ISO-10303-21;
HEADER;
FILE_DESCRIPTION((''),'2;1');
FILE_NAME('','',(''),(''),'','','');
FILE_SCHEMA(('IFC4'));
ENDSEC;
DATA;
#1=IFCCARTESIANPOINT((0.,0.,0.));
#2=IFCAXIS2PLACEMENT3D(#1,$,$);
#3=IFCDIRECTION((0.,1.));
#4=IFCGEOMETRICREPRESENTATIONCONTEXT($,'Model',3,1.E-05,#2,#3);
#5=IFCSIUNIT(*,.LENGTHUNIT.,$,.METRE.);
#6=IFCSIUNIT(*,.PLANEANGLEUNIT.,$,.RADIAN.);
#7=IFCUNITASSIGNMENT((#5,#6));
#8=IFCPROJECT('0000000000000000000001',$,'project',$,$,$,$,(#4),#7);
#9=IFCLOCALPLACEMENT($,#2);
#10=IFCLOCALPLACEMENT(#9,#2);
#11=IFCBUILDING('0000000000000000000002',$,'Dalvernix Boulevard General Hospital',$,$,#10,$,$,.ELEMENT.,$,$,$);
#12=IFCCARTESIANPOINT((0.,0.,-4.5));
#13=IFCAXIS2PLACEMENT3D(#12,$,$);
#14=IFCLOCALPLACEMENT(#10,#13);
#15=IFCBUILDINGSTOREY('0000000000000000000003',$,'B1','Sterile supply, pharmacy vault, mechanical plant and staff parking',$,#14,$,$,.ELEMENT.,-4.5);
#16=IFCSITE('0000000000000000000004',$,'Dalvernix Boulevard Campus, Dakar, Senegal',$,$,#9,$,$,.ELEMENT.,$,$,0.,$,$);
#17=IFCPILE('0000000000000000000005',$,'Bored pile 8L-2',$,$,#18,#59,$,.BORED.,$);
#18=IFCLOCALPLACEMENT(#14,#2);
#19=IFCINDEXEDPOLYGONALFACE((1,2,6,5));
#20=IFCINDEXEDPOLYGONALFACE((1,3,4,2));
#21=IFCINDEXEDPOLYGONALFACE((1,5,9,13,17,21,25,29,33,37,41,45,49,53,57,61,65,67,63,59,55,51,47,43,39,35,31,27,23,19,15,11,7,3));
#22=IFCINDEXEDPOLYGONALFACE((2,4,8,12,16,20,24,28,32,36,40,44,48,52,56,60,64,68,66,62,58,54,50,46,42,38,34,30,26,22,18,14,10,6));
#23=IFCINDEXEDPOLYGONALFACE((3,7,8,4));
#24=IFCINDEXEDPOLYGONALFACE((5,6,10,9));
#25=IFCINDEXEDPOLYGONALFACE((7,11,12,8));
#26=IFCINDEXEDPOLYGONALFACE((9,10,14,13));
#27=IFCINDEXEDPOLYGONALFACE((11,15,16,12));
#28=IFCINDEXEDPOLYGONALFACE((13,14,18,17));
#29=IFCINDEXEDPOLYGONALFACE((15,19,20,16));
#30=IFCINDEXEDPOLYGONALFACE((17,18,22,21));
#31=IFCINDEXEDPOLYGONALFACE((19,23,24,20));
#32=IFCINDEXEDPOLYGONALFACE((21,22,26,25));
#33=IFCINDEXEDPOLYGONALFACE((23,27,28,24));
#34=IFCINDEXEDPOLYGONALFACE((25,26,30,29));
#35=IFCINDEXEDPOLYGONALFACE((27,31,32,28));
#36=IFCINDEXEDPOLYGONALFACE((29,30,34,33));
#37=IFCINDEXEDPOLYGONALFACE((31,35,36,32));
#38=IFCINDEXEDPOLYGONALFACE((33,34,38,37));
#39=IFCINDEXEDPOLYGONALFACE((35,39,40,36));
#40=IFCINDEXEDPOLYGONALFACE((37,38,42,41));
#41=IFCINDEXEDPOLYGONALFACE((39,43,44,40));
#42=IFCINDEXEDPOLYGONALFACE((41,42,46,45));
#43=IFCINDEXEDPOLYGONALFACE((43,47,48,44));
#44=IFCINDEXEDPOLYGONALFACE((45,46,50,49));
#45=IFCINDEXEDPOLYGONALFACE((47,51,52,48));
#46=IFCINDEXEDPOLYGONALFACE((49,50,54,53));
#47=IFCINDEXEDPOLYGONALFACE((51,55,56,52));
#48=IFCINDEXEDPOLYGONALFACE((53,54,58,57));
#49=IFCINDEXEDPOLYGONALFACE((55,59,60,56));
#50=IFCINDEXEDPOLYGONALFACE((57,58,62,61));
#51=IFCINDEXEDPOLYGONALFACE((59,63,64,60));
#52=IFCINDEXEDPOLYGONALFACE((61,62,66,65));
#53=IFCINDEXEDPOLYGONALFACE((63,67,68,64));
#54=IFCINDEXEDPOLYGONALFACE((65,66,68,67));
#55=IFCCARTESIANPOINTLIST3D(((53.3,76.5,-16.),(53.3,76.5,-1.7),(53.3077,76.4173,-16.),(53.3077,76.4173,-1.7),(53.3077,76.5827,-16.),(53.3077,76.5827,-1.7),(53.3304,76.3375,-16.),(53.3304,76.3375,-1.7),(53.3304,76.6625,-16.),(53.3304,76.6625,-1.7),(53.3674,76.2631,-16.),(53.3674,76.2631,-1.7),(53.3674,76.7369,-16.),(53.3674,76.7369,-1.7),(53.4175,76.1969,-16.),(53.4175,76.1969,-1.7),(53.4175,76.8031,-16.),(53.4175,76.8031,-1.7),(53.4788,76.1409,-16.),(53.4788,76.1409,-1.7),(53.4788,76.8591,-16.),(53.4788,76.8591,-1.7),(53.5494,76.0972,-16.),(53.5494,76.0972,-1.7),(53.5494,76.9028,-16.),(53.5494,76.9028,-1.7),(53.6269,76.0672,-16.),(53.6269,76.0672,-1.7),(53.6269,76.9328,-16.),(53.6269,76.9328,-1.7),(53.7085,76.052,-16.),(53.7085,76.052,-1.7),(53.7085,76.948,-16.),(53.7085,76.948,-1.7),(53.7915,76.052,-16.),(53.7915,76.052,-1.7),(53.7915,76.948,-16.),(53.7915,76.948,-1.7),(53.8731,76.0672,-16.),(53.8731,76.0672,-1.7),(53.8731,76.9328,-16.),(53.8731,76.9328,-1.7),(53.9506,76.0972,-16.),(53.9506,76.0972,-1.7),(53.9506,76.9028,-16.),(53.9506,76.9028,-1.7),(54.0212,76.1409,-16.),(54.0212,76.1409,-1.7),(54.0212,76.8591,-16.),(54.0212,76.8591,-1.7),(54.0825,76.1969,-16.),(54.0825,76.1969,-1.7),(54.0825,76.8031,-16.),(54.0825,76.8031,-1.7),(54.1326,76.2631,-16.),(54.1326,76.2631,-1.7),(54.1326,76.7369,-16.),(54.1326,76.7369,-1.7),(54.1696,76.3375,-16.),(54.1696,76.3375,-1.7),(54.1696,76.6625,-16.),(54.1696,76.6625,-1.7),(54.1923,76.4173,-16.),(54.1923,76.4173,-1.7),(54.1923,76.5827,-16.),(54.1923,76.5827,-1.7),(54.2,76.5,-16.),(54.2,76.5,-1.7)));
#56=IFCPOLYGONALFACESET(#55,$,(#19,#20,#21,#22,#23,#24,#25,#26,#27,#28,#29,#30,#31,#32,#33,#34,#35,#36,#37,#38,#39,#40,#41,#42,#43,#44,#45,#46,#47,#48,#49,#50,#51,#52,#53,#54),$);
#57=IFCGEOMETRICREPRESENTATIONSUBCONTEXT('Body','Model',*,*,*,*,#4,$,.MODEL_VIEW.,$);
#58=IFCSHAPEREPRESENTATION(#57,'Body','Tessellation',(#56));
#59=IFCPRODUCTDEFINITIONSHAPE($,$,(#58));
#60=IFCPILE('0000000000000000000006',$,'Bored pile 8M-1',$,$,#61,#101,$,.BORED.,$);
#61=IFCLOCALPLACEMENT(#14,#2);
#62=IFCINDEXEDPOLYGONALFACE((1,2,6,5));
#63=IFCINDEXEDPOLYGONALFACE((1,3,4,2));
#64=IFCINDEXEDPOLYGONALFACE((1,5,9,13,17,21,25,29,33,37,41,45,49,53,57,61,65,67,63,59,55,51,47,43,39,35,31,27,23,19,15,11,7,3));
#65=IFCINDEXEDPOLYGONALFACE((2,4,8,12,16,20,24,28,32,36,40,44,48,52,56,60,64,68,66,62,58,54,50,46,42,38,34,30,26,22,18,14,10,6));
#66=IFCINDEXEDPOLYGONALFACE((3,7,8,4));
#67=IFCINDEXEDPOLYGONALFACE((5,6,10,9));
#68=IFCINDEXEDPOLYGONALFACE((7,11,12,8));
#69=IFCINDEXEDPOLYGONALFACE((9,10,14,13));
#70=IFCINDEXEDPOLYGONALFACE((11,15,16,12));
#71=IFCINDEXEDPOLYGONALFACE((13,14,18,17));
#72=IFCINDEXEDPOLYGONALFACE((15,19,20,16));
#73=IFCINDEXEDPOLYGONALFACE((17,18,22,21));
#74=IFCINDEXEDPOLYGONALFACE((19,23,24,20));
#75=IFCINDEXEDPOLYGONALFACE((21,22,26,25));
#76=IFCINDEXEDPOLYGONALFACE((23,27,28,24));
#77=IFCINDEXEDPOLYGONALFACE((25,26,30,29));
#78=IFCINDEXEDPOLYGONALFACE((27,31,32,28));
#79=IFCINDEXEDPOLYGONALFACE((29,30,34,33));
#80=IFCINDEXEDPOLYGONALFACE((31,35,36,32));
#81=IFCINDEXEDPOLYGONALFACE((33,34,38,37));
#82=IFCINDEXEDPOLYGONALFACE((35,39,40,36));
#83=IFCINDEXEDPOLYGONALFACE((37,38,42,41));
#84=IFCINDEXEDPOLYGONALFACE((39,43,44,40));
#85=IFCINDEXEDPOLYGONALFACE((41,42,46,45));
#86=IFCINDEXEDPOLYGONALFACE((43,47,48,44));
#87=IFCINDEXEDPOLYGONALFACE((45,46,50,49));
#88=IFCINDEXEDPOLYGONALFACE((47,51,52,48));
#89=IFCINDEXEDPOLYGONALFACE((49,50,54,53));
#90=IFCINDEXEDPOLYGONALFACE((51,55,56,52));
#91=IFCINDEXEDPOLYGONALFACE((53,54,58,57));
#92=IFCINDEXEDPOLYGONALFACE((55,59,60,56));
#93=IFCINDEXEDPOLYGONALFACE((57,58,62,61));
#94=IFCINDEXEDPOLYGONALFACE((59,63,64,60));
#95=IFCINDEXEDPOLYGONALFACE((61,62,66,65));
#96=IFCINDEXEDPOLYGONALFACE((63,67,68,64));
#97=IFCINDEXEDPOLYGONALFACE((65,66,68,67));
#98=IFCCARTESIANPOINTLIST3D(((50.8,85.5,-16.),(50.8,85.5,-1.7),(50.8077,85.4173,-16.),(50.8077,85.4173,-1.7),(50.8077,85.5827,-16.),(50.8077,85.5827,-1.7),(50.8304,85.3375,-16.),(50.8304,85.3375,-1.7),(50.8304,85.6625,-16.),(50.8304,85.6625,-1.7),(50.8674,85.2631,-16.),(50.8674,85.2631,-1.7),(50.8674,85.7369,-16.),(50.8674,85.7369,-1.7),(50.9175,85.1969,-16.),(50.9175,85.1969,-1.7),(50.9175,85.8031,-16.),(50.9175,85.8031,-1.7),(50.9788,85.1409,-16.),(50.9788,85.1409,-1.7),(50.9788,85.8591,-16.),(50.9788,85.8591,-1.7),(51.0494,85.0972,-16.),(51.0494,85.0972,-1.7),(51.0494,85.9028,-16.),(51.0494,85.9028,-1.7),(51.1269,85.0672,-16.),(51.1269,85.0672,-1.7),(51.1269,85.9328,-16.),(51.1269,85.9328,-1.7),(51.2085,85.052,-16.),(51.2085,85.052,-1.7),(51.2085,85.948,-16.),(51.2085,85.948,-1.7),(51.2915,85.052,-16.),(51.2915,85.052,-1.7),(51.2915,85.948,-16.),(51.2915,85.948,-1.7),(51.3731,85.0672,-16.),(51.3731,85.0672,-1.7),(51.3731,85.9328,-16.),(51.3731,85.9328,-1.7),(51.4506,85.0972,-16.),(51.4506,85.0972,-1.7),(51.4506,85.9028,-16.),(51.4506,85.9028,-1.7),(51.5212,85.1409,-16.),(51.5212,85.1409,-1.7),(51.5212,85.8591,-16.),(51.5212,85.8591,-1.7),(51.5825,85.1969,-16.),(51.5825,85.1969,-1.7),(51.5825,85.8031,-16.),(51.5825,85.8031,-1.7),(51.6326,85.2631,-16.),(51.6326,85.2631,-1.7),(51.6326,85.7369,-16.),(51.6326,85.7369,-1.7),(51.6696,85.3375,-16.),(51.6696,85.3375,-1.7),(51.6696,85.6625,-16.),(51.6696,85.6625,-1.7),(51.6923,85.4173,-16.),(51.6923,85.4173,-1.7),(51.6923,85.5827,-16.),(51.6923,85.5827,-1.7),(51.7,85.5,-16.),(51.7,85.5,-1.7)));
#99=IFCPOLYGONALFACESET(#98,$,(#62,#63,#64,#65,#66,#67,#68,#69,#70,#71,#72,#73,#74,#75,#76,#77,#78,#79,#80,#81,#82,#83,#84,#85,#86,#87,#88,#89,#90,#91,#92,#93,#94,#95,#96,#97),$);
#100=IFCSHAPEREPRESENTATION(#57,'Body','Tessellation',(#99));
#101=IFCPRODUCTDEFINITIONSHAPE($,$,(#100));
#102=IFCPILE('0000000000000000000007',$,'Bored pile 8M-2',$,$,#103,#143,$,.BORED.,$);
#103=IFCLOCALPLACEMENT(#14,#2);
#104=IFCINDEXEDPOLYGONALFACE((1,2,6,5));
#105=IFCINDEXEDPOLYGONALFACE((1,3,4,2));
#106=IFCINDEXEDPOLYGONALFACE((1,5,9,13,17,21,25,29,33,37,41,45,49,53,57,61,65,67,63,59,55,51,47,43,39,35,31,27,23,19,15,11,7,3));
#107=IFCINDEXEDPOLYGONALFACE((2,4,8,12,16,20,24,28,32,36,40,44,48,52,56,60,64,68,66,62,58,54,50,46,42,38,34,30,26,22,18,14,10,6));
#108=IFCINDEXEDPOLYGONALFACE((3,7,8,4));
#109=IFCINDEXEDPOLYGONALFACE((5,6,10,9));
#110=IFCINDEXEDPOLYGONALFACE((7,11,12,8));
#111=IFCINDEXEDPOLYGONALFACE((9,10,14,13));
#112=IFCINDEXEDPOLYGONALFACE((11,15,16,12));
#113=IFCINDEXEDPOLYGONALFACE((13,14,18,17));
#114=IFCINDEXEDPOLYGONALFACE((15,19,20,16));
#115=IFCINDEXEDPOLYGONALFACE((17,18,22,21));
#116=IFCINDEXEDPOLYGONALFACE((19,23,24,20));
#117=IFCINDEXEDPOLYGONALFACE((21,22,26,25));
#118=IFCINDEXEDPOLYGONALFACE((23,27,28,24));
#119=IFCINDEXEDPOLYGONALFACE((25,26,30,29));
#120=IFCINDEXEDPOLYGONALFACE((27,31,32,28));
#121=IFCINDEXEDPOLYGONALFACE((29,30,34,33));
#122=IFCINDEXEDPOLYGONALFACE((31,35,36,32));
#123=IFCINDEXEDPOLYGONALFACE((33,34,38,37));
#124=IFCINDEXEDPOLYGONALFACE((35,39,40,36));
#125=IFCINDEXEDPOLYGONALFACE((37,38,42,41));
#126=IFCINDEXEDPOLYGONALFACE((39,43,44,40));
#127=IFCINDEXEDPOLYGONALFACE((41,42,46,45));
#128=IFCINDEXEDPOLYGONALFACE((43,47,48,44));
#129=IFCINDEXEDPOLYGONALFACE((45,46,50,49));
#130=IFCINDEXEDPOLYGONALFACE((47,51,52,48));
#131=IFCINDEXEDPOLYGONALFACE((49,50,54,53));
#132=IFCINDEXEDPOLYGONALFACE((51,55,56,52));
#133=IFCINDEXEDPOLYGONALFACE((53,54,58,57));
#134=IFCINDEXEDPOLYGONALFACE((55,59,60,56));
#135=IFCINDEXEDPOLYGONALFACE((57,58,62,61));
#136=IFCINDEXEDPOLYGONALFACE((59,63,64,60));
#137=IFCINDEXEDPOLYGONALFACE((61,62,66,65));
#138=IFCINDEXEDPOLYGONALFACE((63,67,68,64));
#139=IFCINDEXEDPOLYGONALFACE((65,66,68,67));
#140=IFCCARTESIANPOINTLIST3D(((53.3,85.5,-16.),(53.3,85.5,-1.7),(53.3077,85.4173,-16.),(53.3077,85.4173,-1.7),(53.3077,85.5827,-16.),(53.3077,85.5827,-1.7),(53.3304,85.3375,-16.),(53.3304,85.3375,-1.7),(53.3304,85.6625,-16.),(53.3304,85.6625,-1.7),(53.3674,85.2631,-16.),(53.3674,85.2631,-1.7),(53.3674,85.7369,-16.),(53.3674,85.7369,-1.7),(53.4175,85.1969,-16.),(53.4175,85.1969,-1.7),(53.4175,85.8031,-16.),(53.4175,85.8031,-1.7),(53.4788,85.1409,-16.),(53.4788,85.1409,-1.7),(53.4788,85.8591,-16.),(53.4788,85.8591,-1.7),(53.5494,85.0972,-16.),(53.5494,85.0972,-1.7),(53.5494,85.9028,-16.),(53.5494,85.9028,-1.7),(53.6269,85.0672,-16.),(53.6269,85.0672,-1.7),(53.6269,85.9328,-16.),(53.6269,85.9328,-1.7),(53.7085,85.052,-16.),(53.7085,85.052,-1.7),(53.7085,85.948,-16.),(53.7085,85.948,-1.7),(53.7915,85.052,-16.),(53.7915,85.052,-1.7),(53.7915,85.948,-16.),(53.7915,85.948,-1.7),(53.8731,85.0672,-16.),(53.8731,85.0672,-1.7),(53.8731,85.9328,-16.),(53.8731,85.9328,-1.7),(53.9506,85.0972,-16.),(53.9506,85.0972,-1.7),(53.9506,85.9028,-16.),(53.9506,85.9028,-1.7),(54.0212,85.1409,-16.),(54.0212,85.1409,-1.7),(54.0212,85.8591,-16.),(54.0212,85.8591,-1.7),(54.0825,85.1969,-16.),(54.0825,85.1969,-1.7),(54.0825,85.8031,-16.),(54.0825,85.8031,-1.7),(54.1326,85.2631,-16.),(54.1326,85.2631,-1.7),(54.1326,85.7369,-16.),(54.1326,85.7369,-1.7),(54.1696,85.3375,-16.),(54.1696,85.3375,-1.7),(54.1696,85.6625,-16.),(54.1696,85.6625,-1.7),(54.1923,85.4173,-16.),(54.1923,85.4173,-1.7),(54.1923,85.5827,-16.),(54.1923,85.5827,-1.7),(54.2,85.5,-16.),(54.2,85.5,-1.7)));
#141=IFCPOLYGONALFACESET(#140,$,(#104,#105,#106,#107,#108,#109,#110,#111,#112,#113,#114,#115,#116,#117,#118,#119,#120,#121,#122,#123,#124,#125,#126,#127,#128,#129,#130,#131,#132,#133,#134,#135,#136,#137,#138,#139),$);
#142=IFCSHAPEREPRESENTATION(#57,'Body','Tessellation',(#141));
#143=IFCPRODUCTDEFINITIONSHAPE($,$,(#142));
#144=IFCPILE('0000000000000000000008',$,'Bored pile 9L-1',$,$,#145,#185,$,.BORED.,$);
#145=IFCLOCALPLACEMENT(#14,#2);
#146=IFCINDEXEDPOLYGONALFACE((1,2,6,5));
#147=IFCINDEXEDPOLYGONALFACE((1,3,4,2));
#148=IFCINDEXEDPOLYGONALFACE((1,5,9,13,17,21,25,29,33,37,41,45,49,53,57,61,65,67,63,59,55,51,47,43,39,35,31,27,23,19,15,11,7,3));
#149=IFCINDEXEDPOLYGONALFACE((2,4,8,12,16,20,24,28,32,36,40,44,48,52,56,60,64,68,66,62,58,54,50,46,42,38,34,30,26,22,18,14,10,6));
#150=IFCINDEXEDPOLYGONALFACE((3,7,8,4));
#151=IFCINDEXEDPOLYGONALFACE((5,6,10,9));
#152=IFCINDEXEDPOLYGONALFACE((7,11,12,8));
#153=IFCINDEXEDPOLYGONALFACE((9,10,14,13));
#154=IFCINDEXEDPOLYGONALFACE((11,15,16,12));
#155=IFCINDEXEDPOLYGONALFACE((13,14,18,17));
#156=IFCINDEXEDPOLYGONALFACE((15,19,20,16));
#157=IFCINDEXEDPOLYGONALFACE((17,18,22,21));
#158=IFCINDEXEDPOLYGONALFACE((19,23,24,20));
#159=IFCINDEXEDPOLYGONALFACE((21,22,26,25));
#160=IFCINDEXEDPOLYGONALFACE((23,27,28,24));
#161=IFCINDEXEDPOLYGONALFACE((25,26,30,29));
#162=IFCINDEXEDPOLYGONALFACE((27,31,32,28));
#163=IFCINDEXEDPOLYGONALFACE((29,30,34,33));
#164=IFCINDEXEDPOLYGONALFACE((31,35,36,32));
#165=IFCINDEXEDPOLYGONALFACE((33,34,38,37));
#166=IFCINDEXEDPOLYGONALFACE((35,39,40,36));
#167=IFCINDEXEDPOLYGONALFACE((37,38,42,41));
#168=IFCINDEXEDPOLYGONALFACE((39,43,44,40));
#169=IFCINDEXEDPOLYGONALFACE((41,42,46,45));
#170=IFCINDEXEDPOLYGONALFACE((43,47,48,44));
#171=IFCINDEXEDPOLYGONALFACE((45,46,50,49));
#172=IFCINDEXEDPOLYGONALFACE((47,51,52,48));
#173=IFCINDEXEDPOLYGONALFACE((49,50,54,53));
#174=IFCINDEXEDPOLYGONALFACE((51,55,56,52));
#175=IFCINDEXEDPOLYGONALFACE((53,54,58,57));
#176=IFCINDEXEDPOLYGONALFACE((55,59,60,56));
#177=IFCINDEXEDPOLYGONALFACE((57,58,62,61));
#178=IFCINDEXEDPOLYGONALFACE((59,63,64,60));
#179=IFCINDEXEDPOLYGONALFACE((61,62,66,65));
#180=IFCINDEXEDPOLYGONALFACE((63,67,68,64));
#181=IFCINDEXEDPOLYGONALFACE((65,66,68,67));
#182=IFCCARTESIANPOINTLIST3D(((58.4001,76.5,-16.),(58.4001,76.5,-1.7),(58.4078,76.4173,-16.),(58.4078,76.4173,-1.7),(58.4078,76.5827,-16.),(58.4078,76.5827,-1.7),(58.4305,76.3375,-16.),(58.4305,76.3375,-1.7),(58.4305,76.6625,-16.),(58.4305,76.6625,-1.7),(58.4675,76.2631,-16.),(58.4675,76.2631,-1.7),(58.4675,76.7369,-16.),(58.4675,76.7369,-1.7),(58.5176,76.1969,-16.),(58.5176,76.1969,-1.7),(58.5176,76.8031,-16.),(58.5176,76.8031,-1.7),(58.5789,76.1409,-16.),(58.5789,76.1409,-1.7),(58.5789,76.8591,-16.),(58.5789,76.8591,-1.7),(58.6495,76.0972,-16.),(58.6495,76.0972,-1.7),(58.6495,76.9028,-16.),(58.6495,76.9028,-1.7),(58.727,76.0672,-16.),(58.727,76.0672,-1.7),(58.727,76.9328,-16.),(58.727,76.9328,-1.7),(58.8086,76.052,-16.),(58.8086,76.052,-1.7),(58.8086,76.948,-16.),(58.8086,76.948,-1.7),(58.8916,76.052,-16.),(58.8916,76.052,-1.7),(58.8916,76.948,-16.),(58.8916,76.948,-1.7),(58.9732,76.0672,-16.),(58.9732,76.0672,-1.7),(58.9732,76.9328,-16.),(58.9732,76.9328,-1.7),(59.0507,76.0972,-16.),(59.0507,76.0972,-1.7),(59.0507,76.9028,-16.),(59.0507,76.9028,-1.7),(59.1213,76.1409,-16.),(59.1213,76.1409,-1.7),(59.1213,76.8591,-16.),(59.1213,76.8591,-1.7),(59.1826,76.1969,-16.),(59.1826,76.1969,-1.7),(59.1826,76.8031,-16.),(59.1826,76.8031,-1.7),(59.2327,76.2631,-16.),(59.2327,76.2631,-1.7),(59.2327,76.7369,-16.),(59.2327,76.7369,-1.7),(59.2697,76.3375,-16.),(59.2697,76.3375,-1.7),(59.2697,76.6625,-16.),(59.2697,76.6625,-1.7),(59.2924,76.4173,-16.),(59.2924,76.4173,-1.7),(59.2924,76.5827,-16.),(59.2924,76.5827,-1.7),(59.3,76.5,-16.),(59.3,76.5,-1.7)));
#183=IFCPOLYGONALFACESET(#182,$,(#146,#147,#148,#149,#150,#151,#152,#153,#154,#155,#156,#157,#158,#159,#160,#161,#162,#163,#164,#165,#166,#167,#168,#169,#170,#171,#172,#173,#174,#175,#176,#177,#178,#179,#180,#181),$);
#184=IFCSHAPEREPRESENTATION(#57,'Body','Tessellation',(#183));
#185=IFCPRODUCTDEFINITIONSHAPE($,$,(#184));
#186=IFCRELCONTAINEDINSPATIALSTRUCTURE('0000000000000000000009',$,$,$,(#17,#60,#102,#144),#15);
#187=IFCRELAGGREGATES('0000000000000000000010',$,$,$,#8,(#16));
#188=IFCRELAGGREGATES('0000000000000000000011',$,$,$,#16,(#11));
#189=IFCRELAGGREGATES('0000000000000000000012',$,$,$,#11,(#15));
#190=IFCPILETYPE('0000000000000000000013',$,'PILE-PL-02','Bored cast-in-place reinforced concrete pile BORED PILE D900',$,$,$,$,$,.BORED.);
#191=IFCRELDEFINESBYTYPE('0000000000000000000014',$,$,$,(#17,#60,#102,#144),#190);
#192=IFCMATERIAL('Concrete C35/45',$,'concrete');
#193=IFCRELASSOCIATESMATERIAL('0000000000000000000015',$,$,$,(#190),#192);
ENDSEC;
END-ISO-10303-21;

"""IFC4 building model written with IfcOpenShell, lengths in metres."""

from ifc_helpers import new_model, si_unit, direction, frame, origin, origin_2d, place, context, subcontext, project, spatial, circle, extrude, material, material_profile, profile_set, type_object, element, save


model = new_model("IFC4")

# Units and contexts
model_context = context("Model", 3, precision=1e-05, world=origin(), true_north=direction((0.0, 1.0)))
body_context = subcontext(model_context, "Body", "Model", "MODEL_VIEW")
ifc_project = project(units=[si_unit("LENGTHUNIT", "METRE"), si_unit("PLANEANGLEUNIT", "RADIAN")], contexts=[model_context])

# Site, building, storey
site_placement = place(None, origin())
site = spatial("IfcSite", under=ifc_project, at=site_placement, Name="Dalvernix Boulevard Campus, Dakar, Senegal", CompositionType="ELEMENT", RefElevation=0.0)
building_placement = place(site_placement, origin())
building = spatial("IfcBuilding", under=site, at=building_placement, Name="Dalvernix Boulevard General Hospital", CompositionType="ELEMENT")
storey_placement = place(building_placement, frame((0.0, 0.0, -4.5)))
storey = spatial("IfcBuildingStorey", under=building, at=storey_placement, Name="B1", Description="Sterile supply, pharmacy vault, mechanical plant and staff parking", CompositionType="ELEMENT", Elevation=-4.5)

# Shared definitions
ifc_material_1 = material(Name="Concrete C35/45", Category="concrete")

# Piles
ifc_material_profile_1 = material_profile(ifc_material_1, circle(Radius=0.45, at=origin_2d()), Name="BORED PILE D900")
ifc_profile_set_1 = profile_set([ifc_material_profile_1], Name="Concrete C35/45")
pile_type = type_object("IfcPileType", Name="PILE-PL-02", Description="Bored cast-in-place reinforced concrete pile BORED PILE D900", PredefinedType="BORED", material=ifc_profile_set_1)
for number, where, z_axis, x_axis, name in (
    (1, (53.75, 76.5, -1.7), (0.0, 0.0, -1.0), (1.0, 0.0, 0.0), "Bored pile 8L-2"),
    (2, (51.25, 85.5, -1.7), (0.0, 0.0, -1.0), (1.0, 0.0, 0.0), "Bored pile 8M-1"),
    (3, (53.75, 85.5, -1.7), (0.0, 0.0, -1.0), (1.0, 0.0, 0.0), "Bored pile 8M-2"),
    (4, (58.8501, 76.5, -1.7), (0.0, 0.0, -1.0), (1.0, 0.0, 0.0), "Bored pile 9L-1"),
):
    element("IfcPile", number, at=place(storey_placement, frame(where, z_axis=z_axis, x_axis=x_axis)), inside=storey, type_object=pile_type, Name=name, PredefinedType="BORED", context=body_context, shape_type="SweptSolid", body=[
        extrude(circle(Radius=0.45, at=origin_2d()), origin(), (0.0, 0.0, 1.0), 14.3),
    ])

save(model, "model.ifc")
